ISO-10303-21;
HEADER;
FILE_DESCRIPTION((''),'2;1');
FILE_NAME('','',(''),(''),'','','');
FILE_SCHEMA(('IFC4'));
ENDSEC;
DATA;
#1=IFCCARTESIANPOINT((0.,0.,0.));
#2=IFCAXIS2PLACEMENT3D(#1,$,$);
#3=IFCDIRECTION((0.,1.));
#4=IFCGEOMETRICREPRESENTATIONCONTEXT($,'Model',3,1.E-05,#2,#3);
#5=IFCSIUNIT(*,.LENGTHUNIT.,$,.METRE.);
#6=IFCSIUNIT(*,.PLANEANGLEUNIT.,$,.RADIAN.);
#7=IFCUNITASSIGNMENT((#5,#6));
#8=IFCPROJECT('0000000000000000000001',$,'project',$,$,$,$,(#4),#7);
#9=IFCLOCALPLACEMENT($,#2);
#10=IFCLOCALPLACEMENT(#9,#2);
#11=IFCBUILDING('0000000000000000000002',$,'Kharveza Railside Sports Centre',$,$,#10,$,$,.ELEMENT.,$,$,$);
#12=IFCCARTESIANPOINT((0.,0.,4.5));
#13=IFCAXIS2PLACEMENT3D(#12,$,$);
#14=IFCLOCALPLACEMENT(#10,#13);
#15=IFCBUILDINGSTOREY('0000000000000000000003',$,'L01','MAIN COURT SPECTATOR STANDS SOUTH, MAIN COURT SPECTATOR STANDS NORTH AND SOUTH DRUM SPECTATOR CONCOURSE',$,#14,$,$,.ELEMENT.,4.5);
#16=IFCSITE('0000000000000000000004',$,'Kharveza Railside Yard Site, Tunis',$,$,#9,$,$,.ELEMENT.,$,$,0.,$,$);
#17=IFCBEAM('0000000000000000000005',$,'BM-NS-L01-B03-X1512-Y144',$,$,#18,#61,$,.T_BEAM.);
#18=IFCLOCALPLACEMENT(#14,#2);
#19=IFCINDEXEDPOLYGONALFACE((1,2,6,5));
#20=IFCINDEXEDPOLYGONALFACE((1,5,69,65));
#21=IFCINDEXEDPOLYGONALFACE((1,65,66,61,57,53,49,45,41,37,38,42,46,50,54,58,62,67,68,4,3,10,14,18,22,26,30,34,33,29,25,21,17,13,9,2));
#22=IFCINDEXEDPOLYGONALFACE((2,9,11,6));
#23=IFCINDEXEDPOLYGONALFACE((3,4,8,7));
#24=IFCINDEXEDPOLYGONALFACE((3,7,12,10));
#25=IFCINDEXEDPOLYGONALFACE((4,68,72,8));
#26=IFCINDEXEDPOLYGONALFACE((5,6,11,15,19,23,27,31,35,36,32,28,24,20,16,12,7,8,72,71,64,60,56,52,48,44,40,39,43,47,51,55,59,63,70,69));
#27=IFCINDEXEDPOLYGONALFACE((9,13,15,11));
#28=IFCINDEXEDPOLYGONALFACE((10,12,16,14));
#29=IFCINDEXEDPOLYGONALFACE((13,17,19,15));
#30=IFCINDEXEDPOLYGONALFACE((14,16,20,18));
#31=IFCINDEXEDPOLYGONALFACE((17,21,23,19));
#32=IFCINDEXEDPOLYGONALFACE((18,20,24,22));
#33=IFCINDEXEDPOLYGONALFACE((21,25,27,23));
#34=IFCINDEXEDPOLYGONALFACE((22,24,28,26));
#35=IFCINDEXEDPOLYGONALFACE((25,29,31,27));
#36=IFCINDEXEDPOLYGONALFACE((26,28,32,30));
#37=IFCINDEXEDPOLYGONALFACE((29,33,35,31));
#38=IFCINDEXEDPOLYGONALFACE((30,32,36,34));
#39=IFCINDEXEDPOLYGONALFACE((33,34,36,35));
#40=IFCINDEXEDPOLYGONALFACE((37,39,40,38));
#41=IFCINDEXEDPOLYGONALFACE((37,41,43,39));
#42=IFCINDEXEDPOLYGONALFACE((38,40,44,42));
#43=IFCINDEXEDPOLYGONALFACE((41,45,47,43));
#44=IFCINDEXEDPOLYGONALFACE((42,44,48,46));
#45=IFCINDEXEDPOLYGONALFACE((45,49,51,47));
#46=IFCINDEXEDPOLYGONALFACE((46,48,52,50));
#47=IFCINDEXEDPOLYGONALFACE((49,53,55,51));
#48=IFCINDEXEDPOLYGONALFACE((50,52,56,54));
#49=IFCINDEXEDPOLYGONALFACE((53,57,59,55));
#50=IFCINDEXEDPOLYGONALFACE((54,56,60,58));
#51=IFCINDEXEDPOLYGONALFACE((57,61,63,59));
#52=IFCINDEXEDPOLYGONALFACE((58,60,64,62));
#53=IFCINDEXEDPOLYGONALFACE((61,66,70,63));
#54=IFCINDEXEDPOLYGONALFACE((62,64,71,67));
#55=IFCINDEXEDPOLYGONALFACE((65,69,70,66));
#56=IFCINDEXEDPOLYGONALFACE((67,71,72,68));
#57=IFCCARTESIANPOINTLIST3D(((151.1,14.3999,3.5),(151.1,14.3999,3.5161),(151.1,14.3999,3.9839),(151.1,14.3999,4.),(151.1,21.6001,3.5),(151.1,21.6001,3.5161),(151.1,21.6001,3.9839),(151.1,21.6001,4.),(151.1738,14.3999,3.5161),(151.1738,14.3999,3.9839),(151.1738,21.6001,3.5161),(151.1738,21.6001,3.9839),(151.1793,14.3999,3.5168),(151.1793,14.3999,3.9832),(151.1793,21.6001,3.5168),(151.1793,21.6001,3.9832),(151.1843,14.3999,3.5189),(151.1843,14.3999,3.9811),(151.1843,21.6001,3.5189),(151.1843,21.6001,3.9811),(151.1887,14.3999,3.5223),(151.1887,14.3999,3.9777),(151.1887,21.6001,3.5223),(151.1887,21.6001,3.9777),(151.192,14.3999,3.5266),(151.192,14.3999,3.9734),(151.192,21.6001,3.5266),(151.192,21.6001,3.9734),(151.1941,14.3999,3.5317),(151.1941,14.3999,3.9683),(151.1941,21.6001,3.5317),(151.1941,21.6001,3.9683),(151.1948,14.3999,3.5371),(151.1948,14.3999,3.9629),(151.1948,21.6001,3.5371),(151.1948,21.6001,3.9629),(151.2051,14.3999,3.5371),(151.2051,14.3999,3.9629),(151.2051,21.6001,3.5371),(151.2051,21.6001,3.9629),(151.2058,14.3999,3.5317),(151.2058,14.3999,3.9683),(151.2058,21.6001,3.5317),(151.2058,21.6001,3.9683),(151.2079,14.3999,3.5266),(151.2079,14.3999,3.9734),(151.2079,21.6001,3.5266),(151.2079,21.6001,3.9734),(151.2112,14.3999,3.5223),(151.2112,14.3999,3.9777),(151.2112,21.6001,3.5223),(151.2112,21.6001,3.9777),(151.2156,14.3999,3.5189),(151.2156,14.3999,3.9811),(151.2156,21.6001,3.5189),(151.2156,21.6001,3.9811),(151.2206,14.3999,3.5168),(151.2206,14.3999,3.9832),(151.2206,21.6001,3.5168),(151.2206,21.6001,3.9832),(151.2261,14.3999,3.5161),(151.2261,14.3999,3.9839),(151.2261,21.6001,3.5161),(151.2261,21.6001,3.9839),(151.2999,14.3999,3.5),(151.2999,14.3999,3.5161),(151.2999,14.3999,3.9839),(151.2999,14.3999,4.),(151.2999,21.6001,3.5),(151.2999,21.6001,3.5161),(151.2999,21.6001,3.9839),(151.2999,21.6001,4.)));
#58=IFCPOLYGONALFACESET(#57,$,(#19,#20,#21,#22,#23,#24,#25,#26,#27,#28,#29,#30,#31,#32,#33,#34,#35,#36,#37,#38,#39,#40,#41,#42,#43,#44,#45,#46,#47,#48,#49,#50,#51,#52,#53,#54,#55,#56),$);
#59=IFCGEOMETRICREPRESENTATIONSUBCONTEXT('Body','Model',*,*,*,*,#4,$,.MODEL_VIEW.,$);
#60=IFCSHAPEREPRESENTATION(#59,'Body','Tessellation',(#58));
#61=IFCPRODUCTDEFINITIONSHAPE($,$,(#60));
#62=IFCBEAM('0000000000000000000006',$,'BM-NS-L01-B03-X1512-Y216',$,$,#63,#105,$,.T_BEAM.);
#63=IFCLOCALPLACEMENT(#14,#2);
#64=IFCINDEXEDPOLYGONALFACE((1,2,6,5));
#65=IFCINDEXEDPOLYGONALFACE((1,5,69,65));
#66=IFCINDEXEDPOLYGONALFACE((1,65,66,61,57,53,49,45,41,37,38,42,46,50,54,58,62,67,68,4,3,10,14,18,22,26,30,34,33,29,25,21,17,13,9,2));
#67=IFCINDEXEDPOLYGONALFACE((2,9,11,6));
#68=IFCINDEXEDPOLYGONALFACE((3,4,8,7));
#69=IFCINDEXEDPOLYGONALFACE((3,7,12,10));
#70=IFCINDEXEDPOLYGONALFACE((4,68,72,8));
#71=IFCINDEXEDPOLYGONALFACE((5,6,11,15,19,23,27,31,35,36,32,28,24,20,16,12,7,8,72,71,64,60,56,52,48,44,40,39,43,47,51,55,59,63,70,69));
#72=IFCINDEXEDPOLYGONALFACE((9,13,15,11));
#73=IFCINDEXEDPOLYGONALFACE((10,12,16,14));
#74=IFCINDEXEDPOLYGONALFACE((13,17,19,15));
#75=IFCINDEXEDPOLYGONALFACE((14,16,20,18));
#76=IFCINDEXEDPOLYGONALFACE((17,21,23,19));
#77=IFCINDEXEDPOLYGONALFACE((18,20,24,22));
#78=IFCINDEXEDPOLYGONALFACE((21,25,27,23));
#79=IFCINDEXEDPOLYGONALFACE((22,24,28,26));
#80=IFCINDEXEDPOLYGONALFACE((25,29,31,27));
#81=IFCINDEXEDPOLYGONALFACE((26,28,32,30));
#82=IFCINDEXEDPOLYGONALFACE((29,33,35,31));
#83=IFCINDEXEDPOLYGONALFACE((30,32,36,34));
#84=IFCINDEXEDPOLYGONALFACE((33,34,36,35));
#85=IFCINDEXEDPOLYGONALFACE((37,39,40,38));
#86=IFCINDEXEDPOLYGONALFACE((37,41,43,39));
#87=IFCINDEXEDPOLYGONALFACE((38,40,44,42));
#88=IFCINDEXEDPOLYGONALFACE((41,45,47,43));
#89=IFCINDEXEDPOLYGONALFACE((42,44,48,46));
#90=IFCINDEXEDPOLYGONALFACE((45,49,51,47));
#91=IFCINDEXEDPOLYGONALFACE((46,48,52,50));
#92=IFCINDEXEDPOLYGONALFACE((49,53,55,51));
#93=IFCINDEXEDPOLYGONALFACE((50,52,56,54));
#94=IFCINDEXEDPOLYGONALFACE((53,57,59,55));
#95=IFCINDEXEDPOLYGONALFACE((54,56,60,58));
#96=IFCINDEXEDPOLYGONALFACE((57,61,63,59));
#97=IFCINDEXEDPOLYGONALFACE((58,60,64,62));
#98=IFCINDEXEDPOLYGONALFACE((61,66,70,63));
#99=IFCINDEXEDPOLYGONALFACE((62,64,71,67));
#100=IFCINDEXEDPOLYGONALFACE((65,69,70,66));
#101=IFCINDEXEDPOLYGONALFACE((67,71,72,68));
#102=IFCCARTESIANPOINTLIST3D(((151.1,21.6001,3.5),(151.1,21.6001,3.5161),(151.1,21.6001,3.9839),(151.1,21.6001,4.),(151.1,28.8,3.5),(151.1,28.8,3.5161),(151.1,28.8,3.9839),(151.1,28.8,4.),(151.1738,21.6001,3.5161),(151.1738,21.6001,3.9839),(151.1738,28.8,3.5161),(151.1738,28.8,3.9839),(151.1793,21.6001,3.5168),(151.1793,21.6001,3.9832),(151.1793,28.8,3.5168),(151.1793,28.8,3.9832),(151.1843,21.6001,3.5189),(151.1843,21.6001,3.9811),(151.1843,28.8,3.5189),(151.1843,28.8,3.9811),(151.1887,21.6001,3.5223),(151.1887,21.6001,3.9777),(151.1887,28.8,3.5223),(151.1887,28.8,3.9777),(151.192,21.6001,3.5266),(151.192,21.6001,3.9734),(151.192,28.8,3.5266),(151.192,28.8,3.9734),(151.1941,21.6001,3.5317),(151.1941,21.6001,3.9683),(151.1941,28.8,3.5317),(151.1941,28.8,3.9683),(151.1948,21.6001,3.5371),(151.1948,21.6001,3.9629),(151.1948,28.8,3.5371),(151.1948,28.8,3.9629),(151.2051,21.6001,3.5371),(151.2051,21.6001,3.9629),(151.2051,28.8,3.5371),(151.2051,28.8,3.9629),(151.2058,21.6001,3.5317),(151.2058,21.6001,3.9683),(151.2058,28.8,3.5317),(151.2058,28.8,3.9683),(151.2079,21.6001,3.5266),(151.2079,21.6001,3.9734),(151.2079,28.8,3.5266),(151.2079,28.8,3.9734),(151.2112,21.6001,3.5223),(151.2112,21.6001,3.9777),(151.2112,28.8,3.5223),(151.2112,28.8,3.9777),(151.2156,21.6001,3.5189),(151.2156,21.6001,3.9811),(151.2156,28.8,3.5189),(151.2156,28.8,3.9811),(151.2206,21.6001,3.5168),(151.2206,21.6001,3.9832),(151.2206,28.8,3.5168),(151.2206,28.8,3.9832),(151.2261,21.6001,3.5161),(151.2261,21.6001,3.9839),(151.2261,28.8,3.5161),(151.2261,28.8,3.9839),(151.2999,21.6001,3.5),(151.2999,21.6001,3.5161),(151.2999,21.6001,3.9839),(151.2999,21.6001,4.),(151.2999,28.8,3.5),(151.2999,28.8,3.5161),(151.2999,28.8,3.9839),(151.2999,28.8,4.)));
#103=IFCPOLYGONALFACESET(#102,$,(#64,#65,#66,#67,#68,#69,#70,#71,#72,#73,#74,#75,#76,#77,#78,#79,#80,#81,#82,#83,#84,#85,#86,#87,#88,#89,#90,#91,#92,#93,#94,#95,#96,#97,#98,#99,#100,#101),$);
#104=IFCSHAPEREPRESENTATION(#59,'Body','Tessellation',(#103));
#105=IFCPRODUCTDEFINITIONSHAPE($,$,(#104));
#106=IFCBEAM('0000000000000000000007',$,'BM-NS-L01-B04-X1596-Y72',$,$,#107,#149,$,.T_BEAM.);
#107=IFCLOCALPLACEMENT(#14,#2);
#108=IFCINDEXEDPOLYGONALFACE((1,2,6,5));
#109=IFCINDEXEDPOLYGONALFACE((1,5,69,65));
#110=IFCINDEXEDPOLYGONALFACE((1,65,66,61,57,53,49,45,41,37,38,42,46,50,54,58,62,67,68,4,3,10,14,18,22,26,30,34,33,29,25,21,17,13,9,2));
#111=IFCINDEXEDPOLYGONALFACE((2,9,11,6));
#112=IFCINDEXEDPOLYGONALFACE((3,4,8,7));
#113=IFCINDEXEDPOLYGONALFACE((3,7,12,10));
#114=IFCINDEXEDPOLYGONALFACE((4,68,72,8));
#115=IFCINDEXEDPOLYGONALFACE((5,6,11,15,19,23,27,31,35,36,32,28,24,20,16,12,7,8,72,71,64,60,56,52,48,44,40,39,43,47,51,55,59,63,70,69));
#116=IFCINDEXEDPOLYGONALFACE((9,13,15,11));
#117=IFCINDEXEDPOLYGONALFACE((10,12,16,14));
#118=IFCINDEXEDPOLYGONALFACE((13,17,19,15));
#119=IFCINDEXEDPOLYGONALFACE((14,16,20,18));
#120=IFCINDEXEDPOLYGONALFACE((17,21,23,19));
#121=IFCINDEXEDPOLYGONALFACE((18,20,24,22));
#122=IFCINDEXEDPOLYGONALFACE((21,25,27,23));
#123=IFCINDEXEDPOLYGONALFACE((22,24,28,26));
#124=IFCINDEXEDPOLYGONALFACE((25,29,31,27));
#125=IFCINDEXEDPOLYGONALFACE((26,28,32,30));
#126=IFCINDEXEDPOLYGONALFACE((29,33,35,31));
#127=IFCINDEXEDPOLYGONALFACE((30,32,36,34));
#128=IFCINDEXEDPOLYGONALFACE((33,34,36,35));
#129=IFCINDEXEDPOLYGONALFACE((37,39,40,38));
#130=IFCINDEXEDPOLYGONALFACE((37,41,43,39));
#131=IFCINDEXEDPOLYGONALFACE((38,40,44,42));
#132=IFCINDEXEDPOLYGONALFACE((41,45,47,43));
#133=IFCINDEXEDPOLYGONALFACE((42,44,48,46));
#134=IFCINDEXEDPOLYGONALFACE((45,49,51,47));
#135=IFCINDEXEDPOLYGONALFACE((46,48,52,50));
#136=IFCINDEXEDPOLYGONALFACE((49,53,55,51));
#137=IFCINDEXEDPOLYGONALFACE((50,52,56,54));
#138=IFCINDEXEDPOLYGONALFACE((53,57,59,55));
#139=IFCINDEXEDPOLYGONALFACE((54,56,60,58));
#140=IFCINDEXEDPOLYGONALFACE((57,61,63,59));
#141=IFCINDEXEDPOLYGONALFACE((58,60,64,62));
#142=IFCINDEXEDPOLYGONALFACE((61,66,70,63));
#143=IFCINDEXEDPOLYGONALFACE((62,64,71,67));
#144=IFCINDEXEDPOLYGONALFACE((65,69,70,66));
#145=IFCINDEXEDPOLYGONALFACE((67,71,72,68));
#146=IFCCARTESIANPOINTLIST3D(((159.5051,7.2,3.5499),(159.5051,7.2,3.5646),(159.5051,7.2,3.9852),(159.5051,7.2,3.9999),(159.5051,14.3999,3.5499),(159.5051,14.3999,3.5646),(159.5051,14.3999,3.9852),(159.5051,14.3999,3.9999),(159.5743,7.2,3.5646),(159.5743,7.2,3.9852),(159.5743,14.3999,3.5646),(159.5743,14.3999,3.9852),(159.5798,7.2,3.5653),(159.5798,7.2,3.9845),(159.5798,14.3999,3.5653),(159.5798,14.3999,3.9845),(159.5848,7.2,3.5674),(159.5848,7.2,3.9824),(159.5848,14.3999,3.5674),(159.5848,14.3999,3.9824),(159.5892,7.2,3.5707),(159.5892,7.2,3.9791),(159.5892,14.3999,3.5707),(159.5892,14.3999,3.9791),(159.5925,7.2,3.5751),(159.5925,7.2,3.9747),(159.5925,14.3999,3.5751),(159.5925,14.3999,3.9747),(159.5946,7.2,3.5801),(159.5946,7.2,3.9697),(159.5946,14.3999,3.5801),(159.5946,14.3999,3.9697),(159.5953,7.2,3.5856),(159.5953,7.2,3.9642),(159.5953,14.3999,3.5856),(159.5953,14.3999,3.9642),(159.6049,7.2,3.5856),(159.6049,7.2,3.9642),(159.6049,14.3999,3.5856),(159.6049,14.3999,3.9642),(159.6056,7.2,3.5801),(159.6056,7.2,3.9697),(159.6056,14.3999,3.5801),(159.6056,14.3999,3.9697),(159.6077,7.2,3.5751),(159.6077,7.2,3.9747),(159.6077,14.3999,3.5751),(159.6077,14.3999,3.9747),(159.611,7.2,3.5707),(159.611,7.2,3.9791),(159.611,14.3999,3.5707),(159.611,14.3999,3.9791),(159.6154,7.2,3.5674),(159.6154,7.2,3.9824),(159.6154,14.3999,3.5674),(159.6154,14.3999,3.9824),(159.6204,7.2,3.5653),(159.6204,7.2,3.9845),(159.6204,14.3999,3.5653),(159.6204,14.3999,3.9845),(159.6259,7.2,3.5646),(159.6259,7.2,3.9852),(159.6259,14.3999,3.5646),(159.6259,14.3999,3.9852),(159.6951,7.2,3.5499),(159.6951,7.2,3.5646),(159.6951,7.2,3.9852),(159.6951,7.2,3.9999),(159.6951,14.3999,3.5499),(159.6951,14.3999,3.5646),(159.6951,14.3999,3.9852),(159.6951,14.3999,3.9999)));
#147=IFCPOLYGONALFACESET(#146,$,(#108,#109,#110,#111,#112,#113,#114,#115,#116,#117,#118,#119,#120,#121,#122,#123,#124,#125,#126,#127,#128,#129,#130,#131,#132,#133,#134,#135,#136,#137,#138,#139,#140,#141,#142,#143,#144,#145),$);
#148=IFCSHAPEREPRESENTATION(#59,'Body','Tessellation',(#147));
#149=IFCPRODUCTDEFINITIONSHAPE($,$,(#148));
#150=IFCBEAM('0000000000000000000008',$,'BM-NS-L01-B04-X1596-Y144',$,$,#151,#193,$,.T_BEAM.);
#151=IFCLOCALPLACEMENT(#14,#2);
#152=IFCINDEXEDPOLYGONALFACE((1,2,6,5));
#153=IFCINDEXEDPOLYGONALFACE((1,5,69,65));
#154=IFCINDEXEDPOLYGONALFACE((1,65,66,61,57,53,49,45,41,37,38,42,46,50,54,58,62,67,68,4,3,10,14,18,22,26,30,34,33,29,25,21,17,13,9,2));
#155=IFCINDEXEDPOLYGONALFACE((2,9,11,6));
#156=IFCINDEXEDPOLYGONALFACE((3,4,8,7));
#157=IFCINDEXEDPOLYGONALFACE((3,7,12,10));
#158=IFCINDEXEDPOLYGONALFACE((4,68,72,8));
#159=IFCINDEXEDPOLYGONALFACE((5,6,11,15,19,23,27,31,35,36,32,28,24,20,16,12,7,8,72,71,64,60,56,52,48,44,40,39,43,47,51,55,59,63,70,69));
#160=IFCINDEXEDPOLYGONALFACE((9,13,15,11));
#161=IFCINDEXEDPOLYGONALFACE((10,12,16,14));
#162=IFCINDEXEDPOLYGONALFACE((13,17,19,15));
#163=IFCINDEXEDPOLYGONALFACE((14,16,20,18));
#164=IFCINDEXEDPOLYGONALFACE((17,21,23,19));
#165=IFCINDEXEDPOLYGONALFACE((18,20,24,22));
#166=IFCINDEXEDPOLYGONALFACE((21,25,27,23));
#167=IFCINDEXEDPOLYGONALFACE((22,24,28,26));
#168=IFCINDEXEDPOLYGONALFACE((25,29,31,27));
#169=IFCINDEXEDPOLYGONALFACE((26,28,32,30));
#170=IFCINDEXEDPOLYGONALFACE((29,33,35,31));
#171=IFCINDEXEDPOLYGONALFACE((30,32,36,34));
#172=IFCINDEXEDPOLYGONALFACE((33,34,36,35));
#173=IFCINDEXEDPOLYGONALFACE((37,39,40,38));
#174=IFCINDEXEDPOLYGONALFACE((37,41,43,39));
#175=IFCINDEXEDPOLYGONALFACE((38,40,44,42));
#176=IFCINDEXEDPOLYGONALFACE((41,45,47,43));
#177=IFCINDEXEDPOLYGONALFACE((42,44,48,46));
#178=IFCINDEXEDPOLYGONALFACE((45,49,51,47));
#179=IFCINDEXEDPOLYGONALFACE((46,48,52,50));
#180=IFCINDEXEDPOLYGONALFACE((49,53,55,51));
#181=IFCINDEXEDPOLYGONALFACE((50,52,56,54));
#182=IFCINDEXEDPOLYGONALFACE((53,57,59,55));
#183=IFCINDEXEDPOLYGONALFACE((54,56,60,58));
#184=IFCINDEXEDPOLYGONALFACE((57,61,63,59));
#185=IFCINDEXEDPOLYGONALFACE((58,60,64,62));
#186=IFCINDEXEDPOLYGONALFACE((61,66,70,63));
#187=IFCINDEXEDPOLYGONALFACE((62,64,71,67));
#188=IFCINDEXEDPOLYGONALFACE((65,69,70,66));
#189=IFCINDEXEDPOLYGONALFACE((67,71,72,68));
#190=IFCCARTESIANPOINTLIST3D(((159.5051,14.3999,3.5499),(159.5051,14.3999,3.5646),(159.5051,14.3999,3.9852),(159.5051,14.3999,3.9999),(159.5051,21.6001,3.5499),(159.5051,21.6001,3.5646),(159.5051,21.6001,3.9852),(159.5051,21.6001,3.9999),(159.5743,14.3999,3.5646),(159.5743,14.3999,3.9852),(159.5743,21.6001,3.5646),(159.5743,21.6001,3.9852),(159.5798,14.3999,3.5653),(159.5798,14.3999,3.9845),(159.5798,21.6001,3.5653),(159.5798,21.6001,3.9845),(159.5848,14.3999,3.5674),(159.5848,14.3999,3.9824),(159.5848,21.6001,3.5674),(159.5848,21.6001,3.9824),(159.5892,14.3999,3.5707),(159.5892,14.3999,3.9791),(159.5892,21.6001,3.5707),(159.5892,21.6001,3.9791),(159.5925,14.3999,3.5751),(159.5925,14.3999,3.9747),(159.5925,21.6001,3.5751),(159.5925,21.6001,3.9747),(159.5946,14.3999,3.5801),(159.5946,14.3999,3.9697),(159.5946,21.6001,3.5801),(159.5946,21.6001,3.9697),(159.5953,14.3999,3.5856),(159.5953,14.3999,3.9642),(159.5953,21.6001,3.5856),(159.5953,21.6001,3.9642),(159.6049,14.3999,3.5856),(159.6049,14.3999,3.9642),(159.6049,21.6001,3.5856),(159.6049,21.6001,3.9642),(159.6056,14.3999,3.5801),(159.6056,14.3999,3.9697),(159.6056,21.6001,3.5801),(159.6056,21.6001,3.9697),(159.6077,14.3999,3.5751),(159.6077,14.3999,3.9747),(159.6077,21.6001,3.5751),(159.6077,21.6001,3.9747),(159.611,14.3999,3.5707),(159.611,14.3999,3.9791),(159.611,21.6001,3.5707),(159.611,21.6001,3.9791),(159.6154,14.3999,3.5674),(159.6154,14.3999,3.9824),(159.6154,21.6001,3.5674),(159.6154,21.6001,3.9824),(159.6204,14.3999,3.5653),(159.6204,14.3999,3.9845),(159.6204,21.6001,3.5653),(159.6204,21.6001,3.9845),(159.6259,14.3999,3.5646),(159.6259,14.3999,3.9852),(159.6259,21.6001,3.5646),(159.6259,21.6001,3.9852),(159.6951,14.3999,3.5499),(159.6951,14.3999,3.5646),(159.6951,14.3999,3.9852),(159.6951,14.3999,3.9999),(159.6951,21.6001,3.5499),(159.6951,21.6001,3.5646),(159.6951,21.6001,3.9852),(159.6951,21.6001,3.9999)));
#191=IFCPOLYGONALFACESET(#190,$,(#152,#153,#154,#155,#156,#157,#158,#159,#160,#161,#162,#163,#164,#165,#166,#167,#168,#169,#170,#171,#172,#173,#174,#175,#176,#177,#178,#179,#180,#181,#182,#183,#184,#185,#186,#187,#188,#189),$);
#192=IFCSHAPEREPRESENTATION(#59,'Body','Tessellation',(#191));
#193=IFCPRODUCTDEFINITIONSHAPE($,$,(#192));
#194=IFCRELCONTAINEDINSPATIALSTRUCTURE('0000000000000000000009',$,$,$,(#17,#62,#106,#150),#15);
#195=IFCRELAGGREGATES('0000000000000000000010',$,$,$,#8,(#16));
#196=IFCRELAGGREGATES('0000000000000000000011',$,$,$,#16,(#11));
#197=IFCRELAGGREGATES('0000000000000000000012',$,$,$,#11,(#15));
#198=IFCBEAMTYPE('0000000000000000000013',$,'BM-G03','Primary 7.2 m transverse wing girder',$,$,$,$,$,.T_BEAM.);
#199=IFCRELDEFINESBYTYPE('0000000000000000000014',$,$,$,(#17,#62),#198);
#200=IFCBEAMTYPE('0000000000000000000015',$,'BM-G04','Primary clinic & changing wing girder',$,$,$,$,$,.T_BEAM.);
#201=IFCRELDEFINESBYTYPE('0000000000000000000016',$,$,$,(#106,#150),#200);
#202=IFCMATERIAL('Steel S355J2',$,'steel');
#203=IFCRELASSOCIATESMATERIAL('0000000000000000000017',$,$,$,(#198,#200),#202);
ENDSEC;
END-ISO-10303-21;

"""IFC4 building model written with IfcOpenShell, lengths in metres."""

from ifc_helpers import new_model, si_unit, direction, frame, origin, origin_2d, place, context, subcontext, project, spatial, i_section, extrude, material, material_profile, profile_set, type_object, element, save


model = new_model("IFC4")

# Units and contexts
model_context = context("Model", 3, precision=1e-05, world=origin(), true_north=direction((0.0, 1.0)))
body_context = subcontext(model_context, "Body", "Model", "MODEL_VIEW")
ifc_project = project(units=[si_unit("LENGTHUNIT", "METRE"), si_unit("PLANEANGLEUNIT", "RADIAN")], contexts=[model_context])

# Site, building, storey
site_placement = place(None, origin())
site = spatial("IfcSite", under=ifc_project, at=site_placement, Name="Kharveza Railside Yard Site, Tunis", CompositionType="ELEMENT", RefElevation=0.0)
building_placement = place(site_placement, origin())
building = spatial("IfcBuilding", under=site, at=building_placement, Name="Kharveza Railside Sports Centre", CompositionType="ELEMENT")
storey_placement = place(building_placement, frame((0.0, 0.0, 4.5)))
storey = spatial("IfcBuildingStorey", under=building, at=storey_placement, Name="L01", Description="MAIN COURT SPECTATOR STANDS SOUTH, MAIN COURT SPECTATOR STANDS NORTH AND SOUTH DRUM SPECTATOR CONCOURSE", CompositionType="ELEMENT", Elevation=4.5)

# Shared definitions
ifc_material_1 = material(Name="Steel S355J2", Category="steel")

# Beams
ifc_material_profile_1 = material_profile(ifc_material_1, i_section(OverallWidth=0.2, OverallDepth=0.5, WebThickness=0.0103, FlangeThickness=0.0161, FilletRadius=0.021, at=origin_2d()), Name="IPE 500")
ifc_profile_set_1 = profile_set([ifc_material_profile_1], Name="Steel S355J2")
beam_type_1 = type_object("IfcBeamType", Name="BM-G03", Description="Primary 7.2 m transverse wing girder", PredefinedType="T_BEAM", material=ifc_profile_set_1)
beam_1_placement = place(storey_placement, frame((151.2, 14.3999, 3.75), z_axis=(0.0, 1.0, 0.0), x_axis=(-1.0, 0.0, 0.0)))
element("IfcBeam", 1, at=beam_1_placement, inside=storey, type_object=beam_type_1, Name="BM-NS-L01-B03-X1512-Y144", PredefinedType="T_BEAM", context=body_context, shape_type="SweptSolid", body=[
    extrude(i_section(OverallWidth=0.2, OverallDepth=0.5, WebThickness=0.0103, FlangeThickness=0.0161, FilletRadius=0.021, at=origin_2d()), origin(), (0.0, 0.0, 1.0), 7.2002),
])
beam_2_placement = place(storey_placement, frame((151.2, 21.6001, 3.75), z_axis=(0.0, 1.0, 0.0), x_axis=(-1.0, 0.0, 0.0)))
element("IfcBeam", 2, at=beam_2_placement, inside=storey, type_object=beam_type_1, Name="BM-NS-L01-B03-X1512-Y216", PredefinedType="T_BEAM", context=body_context, shape_type="SweptSolid", body=[
    extrude(i_section(OverallWidth=0.2, OverallDepth=0.5, WebThickness=0.0103, FlangeThickness=0.0161, FilletRadius=0.021, at=origin_2d()), origin(), (0.0, 0.0, 1.0), 7.2),
])
ifc_material_profile_2 = material_profile(ifc_material_1, i_section(OverallWidth=0.1899, OverallDepth=0.45, WebThickness=0.0095, FlangeThickness=0.0146, FilletRadius=0.021, at=origin_2d()), Name="IPE 450")
ifc_profile_set_2 = profile_set([ifc_material_profile_2], Name="Steel S355J2")
beam_type_2 = type_object("IfcBeamType", Name="BM-G04", Description="Primary clinic & changing wing girder", PredefinedType="T_BEAM", material=ifc_profile_set_2)
beam_3_placement = place(storey_placement, frame((159.6001, 7.2, 3.7749), z_axis=(0.0, 1.0, 0.0), x_axis=(-1.0, 0.0, 0.0)))
element("IfcBeam", 3, at=beam_3_placement, inside=storey, type_object=beam_type_2, Name="BM-NS-L01-B04-X1596-Y72", PredefinedType="T_BEAM", context=body_context, shape_type="SweptSolid", body=[
    extrude(i_section(OverallWidth=0.1899, OverallDepth=0.45, WebThickness=0.0095, FlangeThickness=0.0146, FilletRadius=0.021, at=origin_2d()), origin(), (0.0, 0.0, 1.0), 7.2),
])
beam_4_placement = place(storey_placement, frame((159.6001, 14.3999, 3.7749), z_axis=(0.0, 1.0, 0.0), x_axis=(-1.0, 0.0, 0.0)))
element("IfcBeam", 4, at=beam_4_placement, inside=storey, type_object=beam_type_2, Name="BM-NS-L01-B04-X1596-Y144", PredefinedType="T_BEAM", context=body_context, shape_type="SweptSolid", body=[
    extrude(i_section(OverallWidth=0.1899, OverallDepth=0.45, WebThickness=0.0095, FlangeThickness=0.0146, FilletRadius=0.021, at=origin_2d()), origin(), (0.0, 0.0, 1.0), 7.2002),
])

save(model, "model.ifc")
